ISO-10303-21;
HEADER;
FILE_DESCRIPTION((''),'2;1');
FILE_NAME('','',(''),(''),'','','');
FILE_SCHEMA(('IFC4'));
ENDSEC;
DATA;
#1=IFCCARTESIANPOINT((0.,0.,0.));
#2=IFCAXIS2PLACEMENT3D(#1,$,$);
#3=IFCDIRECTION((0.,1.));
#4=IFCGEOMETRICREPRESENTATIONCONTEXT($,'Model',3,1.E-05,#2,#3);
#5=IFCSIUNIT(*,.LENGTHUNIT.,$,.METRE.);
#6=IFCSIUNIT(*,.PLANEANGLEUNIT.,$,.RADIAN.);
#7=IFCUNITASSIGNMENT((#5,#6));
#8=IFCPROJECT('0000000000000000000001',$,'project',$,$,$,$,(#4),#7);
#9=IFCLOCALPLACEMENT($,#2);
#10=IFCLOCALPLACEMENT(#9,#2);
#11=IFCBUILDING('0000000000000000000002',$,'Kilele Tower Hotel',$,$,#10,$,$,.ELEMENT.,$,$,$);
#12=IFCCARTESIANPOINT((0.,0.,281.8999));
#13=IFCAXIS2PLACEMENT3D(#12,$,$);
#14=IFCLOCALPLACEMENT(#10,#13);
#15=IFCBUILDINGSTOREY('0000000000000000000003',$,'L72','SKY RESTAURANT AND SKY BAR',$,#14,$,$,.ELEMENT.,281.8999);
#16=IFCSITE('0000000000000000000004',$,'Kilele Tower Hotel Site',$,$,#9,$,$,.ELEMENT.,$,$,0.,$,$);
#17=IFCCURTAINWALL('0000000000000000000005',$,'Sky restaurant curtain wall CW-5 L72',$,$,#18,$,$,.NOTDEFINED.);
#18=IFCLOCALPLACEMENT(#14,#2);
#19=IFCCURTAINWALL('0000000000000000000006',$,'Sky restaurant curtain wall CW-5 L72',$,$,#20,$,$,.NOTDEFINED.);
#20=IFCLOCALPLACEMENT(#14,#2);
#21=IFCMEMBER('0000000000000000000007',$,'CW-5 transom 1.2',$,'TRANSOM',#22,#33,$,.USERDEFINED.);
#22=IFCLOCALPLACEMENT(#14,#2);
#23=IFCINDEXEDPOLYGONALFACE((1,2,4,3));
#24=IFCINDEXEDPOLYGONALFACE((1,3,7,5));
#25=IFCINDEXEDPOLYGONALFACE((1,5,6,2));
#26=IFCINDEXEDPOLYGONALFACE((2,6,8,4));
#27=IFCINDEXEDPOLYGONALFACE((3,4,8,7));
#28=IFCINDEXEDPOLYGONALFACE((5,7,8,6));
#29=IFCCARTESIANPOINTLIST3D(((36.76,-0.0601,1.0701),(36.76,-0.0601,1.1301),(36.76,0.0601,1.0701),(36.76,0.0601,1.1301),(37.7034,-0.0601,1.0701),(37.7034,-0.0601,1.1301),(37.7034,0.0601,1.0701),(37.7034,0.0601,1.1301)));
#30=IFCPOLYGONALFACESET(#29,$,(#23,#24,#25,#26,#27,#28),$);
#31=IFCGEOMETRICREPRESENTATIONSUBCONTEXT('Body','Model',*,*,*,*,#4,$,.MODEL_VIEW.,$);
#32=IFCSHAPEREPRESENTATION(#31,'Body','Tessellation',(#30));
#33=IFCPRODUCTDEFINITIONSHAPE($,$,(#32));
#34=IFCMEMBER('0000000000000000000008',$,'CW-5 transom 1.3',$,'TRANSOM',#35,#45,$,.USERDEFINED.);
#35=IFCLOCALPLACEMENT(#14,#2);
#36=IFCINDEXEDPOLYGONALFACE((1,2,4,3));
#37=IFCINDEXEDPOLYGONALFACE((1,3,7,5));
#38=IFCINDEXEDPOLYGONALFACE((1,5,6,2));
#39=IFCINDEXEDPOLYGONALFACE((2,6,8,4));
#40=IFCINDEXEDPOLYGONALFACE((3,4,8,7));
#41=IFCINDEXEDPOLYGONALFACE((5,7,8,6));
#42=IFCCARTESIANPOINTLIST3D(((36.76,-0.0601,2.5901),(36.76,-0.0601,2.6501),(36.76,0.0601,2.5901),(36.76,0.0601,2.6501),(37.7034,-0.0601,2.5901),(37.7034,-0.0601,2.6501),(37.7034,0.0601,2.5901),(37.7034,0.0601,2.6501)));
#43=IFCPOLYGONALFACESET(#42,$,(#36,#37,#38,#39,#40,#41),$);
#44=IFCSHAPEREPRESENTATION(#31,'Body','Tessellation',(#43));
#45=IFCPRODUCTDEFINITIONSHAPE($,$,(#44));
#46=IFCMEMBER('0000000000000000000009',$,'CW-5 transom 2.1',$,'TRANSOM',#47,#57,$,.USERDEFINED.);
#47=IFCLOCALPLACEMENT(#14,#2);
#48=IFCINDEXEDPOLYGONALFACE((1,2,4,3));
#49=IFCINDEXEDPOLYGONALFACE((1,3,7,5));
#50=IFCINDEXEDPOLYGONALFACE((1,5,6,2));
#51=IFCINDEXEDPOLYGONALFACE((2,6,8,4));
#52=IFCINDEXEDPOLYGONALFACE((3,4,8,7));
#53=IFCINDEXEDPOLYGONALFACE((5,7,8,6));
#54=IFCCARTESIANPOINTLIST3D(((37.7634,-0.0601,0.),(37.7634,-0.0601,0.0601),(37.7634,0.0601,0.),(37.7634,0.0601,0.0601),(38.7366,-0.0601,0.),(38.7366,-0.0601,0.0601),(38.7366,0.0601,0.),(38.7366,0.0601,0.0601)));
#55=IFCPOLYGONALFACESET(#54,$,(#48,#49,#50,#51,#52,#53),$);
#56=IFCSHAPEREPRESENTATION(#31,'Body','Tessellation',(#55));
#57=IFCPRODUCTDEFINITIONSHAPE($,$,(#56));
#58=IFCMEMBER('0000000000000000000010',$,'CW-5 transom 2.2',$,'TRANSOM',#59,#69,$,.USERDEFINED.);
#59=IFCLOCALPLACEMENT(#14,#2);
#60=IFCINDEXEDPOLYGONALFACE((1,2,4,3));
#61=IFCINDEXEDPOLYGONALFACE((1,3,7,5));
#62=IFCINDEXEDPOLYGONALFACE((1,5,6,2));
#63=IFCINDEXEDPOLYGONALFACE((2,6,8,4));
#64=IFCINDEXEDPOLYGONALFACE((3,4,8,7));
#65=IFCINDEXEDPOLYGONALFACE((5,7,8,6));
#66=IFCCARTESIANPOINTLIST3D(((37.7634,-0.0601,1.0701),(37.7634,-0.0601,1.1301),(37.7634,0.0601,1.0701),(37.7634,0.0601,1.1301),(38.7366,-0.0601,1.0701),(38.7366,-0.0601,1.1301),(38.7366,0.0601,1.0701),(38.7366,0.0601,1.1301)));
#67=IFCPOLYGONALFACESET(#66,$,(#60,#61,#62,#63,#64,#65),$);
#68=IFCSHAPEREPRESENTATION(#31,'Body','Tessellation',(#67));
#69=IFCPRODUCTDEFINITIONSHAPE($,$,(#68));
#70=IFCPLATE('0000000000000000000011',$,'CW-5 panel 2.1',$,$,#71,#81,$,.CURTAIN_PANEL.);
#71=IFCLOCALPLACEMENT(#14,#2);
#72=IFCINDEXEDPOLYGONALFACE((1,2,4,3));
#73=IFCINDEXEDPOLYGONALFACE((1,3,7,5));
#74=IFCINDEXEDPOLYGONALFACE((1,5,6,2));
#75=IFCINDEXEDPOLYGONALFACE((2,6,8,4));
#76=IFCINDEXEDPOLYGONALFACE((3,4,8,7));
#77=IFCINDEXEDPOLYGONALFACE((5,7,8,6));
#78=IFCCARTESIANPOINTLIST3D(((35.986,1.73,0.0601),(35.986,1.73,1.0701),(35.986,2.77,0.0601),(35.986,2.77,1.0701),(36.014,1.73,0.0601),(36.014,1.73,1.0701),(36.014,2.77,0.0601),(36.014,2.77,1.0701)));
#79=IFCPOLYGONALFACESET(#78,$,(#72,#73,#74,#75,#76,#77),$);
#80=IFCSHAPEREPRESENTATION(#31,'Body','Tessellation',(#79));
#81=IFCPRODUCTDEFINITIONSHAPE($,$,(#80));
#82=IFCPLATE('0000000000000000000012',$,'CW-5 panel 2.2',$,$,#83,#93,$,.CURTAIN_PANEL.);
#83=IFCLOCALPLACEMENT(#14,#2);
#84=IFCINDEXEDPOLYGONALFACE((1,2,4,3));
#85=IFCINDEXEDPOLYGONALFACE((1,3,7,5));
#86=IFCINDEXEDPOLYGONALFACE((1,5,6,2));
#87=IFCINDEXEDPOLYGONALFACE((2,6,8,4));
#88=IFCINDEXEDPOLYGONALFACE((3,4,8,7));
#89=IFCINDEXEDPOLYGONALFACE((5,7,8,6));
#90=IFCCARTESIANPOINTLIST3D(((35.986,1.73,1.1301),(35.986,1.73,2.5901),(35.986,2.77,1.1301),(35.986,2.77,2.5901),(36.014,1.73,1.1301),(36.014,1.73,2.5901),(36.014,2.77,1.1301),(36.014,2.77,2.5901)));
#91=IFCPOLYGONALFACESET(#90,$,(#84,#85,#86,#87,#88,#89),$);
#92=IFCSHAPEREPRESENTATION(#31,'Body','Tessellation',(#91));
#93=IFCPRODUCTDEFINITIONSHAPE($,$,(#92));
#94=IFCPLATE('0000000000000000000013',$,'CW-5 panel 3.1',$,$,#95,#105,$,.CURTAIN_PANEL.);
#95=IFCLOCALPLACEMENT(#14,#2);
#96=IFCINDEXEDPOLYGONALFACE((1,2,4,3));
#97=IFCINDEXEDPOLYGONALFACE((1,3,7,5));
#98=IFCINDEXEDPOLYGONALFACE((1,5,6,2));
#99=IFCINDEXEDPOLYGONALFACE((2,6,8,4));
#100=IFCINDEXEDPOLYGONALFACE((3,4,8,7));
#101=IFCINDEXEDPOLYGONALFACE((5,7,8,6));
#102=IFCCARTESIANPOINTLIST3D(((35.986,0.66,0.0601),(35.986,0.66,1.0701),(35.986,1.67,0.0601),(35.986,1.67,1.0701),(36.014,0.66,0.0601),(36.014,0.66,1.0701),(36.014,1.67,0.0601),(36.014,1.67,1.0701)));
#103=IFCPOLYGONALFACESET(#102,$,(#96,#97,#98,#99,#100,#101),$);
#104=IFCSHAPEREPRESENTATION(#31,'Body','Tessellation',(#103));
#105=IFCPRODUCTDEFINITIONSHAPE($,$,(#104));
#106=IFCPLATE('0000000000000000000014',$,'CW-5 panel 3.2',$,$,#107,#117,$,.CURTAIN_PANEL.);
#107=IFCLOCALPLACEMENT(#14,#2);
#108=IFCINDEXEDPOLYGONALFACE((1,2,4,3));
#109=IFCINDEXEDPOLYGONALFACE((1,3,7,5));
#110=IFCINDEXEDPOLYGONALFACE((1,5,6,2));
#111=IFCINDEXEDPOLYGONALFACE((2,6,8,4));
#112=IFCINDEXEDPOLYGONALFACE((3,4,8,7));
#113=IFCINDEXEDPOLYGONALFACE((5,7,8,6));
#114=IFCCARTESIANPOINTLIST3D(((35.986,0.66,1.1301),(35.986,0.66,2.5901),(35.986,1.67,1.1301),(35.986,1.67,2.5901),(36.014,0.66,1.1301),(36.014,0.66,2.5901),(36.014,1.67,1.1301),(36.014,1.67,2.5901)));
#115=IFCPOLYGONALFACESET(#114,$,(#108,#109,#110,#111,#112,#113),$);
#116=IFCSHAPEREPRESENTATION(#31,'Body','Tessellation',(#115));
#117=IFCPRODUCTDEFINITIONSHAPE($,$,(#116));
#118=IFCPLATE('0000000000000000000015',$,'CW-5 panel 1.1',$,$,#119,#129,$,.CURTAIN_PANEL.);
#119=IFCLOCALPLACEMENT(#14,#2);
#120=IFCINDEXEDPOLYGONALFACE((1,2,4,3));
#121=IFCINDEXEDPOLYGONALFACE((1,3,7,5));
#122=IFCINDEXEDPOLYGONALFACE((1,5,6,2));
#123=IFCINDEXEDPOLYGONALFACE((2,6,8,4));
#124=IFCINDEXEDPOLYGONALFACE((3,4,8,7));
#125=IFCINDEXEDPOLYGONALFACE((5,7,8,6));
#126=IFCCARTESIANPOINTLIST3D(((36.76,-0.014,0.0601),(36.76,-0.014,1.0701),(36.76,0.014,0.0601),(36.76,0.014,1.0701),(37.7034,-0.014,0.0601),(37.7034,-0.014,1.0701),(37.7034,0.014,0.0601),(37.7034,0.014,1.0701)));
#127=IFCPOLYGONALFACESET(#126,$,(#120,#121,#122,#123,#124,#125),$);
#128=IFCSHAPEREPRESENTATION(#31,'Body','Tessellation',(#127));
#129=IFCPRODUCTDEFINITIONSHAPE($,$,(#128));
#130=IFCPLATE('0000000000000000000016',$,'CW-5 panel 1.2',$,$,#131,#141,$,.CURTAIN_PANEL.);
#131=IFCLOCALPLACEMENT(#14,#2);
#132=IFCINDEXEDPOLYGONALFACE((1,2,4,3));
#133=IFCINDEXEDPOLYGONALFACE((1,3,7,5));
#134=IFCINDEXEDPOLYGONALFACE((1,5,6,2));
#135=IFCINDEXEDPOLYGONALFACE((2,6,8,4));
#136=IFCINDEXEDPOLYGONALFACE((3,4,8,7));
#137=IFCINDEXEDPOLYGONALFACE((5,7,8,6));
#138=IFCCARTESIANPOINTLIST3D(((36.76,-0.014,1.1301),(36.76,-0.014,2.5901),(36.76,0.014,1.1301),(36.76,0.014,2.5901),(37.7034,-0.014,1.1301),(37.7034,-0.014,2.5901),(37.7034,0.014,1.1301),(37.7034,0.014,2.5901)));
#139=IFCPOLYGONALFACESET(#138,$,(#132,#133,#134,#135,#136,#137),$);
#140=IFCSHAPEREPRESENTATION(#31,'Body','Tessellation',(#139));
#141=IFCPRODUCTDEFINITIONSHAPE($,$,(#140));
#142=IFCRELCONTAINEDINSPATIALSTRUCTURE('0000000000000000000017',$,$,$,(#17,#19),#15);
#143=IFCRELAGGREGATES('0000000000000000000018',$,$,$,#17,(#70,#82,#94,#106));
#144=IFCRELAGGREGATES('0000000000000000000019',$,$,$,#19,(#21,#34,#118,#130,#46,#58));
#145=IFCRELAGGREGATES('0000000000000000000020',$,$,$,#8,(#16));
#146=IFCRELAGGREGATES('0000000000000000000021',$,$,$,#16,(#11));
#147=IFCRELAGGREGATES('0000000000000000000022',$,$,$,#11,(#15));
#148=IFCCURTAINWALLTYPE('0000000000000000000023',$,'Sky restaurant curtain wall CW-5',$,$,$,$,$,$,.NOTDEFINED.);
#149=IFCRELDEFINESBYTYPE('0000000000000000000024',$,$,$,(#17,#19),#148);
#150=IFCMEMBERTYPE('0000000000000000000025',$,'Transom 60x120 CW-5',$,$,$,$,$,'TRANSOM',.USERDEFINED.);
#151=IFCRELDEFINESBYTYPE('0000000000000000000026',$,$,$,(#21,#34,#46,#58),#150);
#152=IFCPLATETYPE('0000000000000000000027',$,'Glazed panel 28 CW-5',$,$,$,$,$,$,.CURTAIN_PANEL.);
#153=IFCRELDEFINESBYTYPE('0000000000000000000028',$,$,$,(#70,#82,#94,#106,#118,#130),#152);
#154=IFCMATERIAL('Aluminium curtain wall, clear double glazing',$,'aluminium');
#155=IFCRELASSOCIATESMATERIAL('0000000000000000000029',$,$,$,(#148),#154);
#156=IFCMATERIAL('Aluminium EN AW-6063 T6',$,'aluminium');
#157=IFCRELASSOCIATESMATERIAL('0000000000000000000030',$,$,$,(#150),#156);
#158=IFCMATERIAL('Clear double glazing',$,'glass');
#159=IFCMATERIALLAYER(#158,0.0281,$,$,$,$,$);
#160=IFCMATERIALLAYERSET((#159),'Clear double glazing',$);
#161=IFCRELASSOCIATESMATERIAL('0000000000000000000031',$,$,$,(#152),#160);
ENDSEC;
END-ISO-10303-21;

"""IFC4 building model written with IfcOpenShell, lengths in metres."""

from ifc_helpers import new_model, si_unit, direction, frame, origin, origin_2d, place, context, subcontext, project, spatial, rectangle, extrude, material, layer, layer_set, material_profile, profile_set, type_object, element, aggregate, save


model = new_model("IFC4")

# Units and contexts
model_context = context("Model", 3, precision=1e-05, world=origin(), true_north=direction((0.0, 1.0)))
body_context = subcontext(model_context, "Body", "Model", "MODEL_VIEW")
ifc_project = project(units=[si_unit("LENGTHUNIT", "METRE"), si_unit("PLANEANGLEUNIT", "RADIAN")], contexts=[model_context])

# Site, building, storey
site_placement = place(None, origin())
site = spatial("IfcSite", under=ifc_project, at=site_placement, Name="Kilele Tower Hotel Site", CompositionType="ELEMENT", RefElevation=0.0)
building_placement = place(site_placement, origin())
building = spatial("IfcBuilding", under=site, at=building_placement, Name="Kilele Tower Hotel", CompositionType="ELEMENT")
storey_placement = place(building_placement, frame((0.0, 0.0, 281.8999)))
storey = spatial("IfcBuildingStorey", under=building, at=storey_placement, Name="L72", Description="SKY RESTAURANT AND SKY BAR", CompositionType="ELEMENT", Elevation=281.8999)

# Curtain walls
ifc_material_1 = material(Name="Aluminium curtain wall, clear double glazing", Category="aluminium")
curtain_wall_type = type_object("IfcCurtainWallType", Name="Sky restaurant curtain wall CW-5", PredefinedType="NOTDEFINED", material=ifc_material_1)
curtain_wall_1_placement = place(storey_placement, origin())
curtain_wall_1 = element("IfcCurtainWall", 1, at=curtain_wall_1_placement, inside=storey, type_object=curtain_wall_type, Name="Sky restaurant curtain wall CW-5 L72", PredefinedType="NOTDEFINED")
curtain_wall_2_placement = place(storey_placement, origin())
curtain_wall_2 = element("IfcCurtainWall", 2, at=curtain_wall_2_placement, inside=storey, type_object=curtain_wall_type, Name="Sky restaurant curtain wall CW-5 L72", PredefinedType="NOTDEFINED")

# Members
ifc_material_2 = material(Name="Aluminium EN AW-6063 T6", Category="aluminium")
ifc_material_profile_1 = material_profile(ifc_material_2, rectangle(XDim=0.1201, YDim=0.0601, at=origin_2d()))
ifc_profile_set_1 = profile_set([ifc_material_profile_1], Name="Aluminium EN AW-6063 T6")
member_type_1 = type_object("IfcMemberType", Name="Transom 60x120 CW-5", ElementType="TRANSOM", PredefinedType="USERDEFINED", material=ifc_profile_set_1)
member_1_placement = place(storey_placement, frame((36.76, 0.0, 1.1001), z_axis=(1.0, 0.0, 0.0), x_axis=(0.0, 1.0, 0.0)))
member_1 = element("IfcMember", 3, at=member_1_placement, type_object=member_type_1, Name="CW-5 transom 1.2", ObjectType="TRANSOM", PredefinedType="USERDEFINED", context=body_context, shape_type="SweptSolid", body=[
    extrude(rectangle(XDim=0.1201, YDim=0.0601, at=origin_2d()), origin(), (0.0, 0.0, 1.0), 0.9434),
])
member_2_placement = place(storey_placement, frame((36.76, 0.0, 2.6201), z_axis=(1.0, 0.0, 0.0), x_axis=(0.0, 1.0, 0.0)))
member_2 = element("IfcMember", 4, at=member_2_placement, type_object=member_type_1, Name="CW-5 transom 1.3", ObjectType="TRANSOM", PredefinedType="USERDEFINED", context=body_context, shape_type="SweptSolid", body=[
    extrude(rectangle(XDim=0.1201, YDim=0.0601, at=origin_2d()), origin(), (0.0, 0.0, 1.0), 0.9434),
])
member_3_placement = place(storey_placement, frame((37.7634, 0.0, 0.03), z_axis=(1.0, 0.0, 0.0), x_axis=(0.0, 1.0, 0.0)))
member_3 = element("IfcMember", 5, at=member_3_placement, type_object=member_type_1, Name="CW-5 transom 2.1", ObjectType="TRANSOM", PredefinedType="USERDEFINED", context=body_context, shape_type="SweptSolid", body=[
    extrude(rectangle(XDim=0.1201, YDim=0.0601, at=origin_2d()), origin(), (0.0, 0.0, 1.0), 0.9731),
])
member_4_placement = place(storey_placement, frame((37.7634, 0.0, 1.1001), z_axis=(1.0, 0.0, 0.0), x_axis=(0.0, 1.0, 0.0)))
member_4 = element("IfcMember", 6, at=member_4_placement, type_object=member_type_1, Name="CW-5 transom 2.2", ObjectType="TRANSOM", PredefinedType="USERDEFINED", context=body_context, shape_type="SweptSolid", body=[
    extrude(rectangle(XDim=0.1201, YDim=0.0601, at=origin_2d()), origin(), (0.0, 0.0, 1.0), 0.9731),
])

# Plates
ifc_material_3 = material(Name="Clear double glazing", Category="glass")
ifc_layer = layer(ifc_material_3, 0.0281)
ifc_layer_set = layer_set([ifc_layer], Name="Clear double glazing")
plate_type = type_object("IfcPlateType", Name="Glazed panel 28 CW-5", PredefinedType="CURTAIN_PANEL", material=ifc_layer_set)
plate_1_placement = place(storey_placement, frame((36.0, 2.25, 0.0601), z_axis=(0.0, 0.0, 1.0), x_axis=(0.0, -1.0, 0.0)))
plate_1 = element("IfcPlate", 7, at=plate_1_placement, type_object=plate_type, Name="CW-5 panel 2.1", PredefinedType="CURTAIN_PANEL", context=body_context, shape_type="SweptSolid", body=[
    extrude(rectangle(XDim=1.04, YDim=0.0281, at=origin_2d()), origin(), (0.0, 0.0, 1.0), 1.01),
])
plate_2_placement = place(storey_placement, frame((36.0, 2.25, 1.1301), z_axis=(0.0, 0.0, 1.0), x_axis=(0.0, -1.0, 0.0)))
plate_2 = element("IfcPlate", 8, at=plate_2_placement, type_object=plate_type, Name="CW-5 panel 2.2", PredefinedType="CURTAIN_PANEL", context=body_context, shape_type="SweptSolid", body=[
    extrude(rectangle(XDim=1.04, YDim=0.0281, at=origin_2d()), origin(), (0.0, 0.0, 1.0), 1.46),
])
plate_3_placement = place(storey_placement, frame((36.0, 1.165, 0.0601), z_axis=(0.0, 0.0, 1.0), x_axis=(0.0, -1.0, 0.0)))
plate_3 = element("IfcPlate", 9, at=plate_3_placement, type_object=plate_type, Name="CW-5 panel 3.1", PredefinedType="CURTAIN_PANEL", context=body_context, shape_type="SweptSolid", body=[
    extrude(rectangle(XDim=1.01, YDim=0.0281, at=origin_2d()), origin(), (0.0, 0.0, 1.0), 1.01),
])
plate_4_placement = place(storey_placement, frame((36.0, 1.165, 1.1301), z_axis=(0.0, 0.0, 1.0), x_axis=(0.0, -1.0, 0.0)))
plate_4 = element("IfcPlate", 10, at=plate_4_placement, type_object=plate_type, Name="CW-5 panel 3.2", PredefinedType="CURTAIN_PANEL", context=body_context, shape_type="SweptSolid", body=[
    extrude(rectangle(XDim=1.01, YDim=0.0281, at=origin_2d()), origin(), (0.0, 0.0, 1.0), 1.46),
])
aggregate(curtain_wall_1, [plate_1, plate_2, plate_3, plate_4])
plate_5_placement = place(storey_placement, frame((37.2317, 0.0, 0.0601), z_axis=(0.0, 0.0, 1.0), x_axis=(1.0, 0.0, 0.0)))
plate_5 = element("IfcPlate", 11, at=plate_5_placement, type_object=plate_type, Name="CW-5 panel 1.1", PredefinedType="CURTAIN_PANEL", context=body_context, shape_type="SweptSolid", body=[
    extrude(rectangle(XDim=0.9434, YDim=0.0281, at=origin_2d()), origin(), (0.0, 0.0, 1.0), 1.01),
])
plate_6_placement = place(storey_placement, frame((37.2317, 0.0, 1.1301), z_axis=(0.0, 0.0, 1.0), x_axis=(1.0, 0.0, 0.0)))
plate_6 = element("IfcPlate", 12, at=plate_6_placement, type_object=plate_type, Name="CW-5 panel 1.2", PredefinedType="CURTAIN_PANEL", context=body_context, shape_type="SweptSolid", body=[
    extrude(rectangle(XDim=0.9434, YDim=0.0281, at=origin_2d()), origin(), (0.0, 0.0, 1.0), 1.46),
])
aggregate(curtain_wall_2, [member_1, member_2, plate_5, plate_6, member_3, member_4])

save(model, "model.ifc")
